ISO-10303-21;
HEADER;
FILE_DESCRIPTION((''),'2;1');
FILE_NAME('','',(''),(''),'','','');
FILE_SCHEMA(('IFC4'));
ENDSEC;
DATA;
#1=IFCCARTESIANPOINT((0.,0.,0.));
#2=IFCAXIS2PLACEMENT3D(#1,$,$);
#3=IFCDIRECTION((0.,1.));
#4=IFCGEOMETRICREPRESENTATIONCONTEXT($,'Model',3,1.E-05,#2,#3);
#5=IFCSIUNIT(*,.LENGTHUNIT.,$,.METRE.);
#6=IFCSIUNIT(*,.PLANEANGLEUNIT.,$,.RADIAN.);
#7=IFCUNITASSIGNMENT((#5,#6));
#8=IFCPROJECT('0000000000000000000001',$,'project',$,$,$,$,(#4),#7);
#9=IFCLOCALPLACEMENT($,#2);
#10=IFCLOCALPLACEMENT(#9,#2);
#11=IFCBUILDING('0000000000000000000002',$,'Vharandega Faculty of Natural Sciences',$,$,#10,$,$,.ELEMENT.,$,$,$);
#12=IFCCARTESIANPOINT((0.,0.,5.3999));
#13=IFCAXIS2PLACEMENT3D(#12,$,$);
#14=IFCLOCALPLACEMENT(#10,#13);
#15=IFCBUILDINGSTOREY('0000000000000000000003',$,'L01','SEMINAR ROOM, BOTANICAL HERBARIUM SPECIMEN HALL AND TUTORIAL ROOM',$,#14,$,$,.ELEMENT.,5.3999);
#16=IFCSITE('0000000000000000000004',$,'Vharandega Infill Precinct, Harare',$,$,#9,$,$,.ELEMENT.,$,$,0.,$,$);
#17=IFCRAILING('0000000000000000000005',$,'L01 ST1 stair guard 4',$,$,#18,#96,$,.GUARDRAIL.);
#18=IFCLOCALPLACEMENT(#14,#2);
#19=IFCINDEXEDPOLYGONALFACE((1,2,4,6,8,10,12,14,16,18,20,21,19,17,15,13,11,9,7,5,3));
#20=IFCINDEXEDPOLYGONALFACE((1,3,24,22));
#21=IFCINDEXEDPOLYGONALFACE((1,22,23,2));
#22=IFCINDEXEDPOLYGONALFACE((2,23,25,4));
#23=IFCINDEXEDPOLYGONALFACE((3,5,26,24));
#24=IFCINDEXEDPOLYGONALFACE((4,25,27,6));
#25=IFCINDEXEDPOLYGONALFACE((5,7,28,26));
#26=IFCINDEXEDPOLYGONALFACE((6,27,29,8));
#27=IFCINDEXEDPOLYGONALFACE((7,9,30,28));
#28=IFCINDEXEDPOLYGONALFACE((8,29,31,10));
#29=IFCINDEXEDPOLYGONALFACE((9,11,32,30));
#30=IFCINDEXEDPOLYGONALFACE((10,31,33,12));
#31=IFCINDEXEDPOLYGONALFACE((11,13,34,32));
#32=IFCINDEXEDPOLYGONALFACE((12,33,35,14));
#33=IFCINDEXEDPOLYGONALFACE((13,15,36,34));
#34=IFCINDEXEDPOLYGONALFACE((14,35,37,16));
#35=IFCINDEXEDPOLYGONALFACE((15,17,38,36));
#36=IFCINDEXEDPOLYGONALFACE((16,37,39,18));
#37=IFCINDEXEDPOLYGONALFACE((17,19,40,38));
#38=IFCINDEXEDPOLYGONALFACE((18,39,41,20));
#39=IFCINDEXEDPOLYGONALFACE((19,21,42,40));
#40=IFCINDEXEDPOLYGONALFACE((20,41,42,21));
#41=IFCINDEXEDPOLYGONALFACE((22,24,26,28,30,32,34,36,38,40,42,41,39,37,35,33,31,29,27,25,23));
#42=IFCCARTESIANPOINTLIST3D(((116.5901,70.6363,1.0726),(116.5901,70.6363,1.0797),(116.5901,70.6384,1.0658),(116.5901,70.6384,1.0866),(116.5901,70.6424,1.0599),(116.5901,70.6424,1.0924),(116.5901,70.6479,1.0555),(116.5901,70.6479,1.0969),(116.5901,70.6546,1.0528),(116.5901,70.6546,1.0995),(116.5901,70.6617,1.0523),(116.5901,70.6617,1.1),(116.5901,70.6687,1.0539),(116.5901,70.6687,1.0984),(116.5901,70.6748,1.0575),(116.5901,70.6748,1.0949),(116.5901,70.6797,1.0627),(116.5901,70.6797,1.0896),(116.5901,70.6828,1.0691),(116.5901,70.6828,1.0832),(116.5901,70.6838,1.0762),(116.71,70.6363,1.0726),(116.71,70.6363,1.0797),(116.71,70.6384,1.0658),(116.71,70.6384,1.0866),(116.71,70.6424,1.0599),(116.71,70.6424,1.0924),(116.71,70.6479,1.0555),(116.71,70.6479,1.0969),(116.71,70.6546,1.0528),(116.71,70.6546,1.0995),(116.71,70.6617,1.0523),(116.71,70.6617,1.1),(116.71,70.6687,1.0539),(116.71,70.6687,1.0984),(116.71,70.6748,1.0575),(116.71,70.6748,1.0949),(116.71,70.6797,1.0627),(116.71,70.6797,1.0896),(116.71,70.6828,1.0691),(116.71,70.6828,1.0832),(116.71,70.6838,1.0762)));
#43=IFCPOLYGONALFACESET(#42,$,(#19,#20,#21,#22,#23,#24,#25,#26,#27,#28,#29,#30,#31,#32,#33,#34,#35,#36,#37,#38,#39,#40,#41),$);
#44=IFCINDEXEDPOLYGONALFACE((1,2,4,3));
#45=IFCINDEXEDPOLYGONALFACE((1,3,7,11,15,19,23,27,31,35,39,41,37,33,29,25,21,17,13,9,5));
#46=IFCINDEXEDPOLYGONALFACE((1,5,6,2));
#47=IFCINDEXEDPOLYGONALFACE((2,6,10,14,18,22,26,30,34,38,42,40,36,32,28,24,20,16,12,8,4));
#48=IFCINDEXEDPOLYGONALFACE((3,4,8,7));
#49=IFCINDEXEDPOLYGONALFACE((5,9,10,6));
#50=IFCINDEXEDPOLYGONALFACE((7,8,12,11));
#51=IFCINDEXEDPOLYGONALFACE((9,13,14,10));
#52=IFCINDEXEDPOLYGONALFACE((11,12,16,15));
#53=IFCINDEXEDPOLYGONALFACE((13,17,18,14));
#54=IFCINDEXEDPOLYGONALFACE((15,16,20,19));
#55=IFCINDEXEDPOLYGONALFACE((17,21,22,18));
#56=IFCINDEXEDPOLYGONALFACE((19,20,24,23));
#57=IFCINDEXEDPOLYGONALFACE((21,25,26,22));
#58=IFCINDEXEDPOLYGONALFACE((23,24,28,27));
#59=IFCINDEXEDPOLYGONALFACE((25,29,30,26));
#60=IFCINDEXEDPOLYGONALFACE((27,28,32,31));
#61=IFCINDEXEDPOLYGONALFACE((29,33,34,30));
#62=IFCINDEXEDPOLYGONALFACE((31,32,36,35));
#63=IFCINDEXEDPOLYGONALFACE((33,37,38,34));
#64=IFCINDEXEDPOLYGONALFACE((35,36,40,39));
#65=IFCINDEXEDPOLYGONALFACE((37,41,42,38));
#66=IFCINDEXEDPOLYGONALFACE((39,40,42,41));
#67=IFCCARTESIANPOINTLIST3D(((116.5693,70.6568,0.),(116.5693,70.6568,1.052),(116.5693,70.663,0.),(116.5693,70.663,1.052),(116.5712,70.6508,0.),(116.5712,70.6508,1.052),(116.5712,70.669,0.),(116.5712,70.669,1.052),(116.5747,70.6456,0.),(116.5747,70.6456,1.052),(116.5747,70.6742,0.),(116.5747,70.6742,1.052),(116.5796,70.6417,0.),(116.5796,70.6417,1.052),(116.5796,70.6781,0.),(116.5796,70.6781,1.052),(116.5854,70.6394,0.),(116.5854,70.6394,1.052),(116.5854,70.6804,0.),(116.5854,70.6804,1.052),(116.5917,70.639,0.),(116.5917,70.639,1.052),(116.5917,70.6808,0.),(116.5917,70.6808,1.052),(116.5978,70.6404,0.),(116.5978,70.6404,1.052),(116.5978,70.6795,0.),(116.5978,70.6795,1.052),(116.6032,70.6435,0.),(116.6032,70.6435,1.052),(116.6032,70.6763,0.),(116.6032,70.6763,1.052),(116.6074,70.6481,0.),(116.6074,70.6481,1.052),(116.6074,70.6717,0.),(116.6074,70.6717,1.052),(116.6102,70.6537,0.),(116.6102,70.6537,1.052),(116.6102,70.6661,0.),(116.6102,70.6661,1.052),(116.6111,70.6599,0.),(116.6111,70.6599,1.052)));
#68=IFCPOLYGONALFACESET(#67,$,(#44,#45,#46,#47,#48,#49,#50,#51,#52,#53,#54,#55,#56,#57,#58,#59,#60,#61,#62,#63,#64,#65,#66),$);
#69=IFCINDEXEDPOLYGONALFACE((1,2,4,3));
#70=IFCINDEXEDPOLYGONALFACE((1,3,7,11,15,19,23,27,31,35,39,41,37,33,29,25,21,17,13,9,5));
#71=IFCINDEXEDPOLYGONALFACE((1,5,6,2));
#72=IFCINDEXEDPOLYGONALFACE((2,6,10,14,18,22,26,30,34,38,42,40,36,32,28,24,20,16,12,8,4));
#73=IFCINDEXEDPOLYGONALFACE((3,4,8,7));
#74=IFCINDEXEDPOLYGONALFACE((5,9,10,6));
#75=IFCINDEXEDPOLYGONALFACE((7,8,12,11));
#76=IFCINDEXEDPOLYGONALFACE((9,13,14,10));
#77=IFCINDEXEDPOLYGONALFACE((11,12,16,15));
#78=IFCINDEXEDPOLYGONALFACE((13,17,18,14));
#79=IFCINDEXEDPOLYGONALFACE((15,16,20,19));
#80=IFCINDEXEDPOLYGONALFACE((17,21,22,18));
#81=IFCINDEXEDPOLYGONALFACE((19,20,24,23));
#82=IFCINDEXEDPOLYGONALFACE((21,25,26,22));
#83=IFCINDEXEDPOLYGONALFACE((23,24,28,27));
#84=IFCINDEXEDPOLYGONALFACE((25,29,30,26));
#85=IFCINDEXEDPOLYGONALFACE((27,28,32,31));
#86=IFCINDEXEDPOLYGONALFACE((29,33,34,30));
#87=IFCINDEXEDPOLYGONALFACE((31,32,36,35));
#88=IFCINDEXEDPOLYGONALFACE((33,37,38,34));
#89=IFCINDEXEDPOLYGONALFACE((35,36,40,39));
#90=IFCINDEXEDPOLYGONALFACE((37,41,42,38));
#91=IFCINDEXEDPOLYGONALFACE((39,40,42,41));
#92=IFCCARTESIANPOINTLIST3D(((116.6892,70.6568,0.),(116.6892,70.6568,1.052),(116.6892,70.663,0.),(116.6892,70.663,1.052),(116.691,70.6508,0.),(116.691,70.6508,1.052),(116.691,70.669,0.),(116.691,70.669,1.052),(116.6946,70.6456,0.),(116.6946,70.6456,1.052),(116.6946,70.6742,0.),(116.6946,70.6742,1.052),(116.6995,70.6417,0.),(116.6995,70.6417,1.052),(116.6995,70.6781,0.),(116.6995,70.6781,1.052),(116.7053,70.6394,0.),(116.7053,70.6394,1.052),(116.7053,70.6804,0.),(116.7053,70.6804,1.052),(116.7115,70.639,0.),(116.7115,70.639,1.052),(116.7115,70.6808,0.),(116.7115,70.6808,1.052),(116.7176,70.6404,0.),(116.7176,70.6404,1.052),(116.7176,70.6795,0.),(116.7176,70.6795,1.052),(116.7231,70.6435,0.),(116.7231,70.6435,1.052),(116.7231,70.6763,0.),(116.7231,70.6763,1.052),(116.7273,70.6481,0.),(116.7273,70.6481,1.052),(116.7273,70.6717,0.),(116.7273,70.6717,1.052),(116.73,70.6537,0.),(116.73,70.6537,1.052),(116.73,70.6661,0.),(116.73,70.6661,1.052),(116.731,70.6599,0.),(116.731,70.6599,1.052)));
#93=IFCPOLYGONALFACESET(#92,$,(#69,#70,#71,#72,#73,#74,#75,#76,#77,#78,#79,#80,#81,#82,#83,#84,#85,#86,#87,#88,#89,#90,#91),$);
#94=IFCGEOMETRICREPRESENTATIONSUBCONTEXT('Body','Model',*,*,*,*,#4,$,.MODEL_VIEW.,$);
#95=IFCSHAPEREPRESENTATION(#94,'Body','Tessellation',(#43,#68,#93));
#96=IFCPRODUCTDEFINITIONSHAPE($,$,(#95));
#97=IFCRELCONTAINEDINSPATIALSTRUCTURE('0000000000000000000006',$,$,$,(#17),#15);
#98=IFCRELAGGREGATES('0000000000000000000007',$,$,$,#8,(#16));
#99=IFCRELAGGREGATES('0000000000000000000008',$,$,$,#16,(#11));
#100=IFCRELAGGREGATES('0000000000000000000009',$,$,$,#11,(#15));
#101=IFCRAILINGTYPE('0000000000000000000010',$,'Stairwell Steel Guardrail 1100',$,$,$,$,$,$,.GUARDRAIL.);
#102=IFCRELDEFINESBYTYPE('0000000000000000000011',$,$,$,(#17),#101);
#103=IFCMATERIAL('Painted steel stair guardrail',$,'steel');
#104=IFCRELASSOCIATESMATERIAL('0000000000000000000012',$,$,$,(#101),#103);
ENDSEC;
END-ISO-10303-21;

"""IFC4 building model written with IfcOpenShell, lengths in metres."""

from ifc_helpers import new_model, si_unit, direction, frame, origin, origin_2d, place, context, subcontext, project, spatial, circle, extrude, material, type_object, element, save


model = new_model("IFC4")

# Units and contexts
model_context = context("Model", 3, precision=1e-05, world=origin(), true_north=direction((0.0, 1.0)))
body_context = subcontext(model_context, "Body", "Model", "MODEL_VIEW")
ifc_project = project(units=[si_unit("LENGTHUNIT", "METRE"), si_unit("PLANEANGLEUNIT", "RADIAN")], contexts=[model_context])

# Site, building, storey
site_placement = place(None, origin())
site = spatial("IfcSite", under=ifc_project, at=site_placement, Name="Vharandega Infill Precinct, Harare", CompositionType="ELEMENT", RefElevation=0.0)
building_placement = place(site_placement, origin())
building = spatial("IfcBuilding", under=site, at=building_placement, Name="Vharandega Faculty of Natural Sciences", CompositionType="ELEMENT")
storey_placement = place(building_placement, frame((0.0, 0.0, 5.3999)))
storey = spatial("IfcBuildingStorey", under=building, at=storey_placement, Name="L01", Description="SEMINAR ROOM, BOTANICAL HERBARIUM SPECIMEN HALL AND TUTORIAL ROOM", CompositionType="ELEMENT", Elevation=5.3999)

# Railing
ifc_material_1 = material(Name="Painted steel stair guardrail", Category="steel")
railing_type_1 = type_object("IfcRailingType", Name="Stairwell Steel Guardrail 1100", PredefinedType="GUARDRAIL", material=ifc_material_1)
railing_1_placement = place(storey_placement, frame((116.5901, 70.6599, 0.0)))
element("IfcRailing", 1, at=railing_1_placement, inside=storey, type_object=railing_type_1, Name="L01 ST1 stair guard 4", PredefinedType="GUARDRAIL", context=body_context, shape_type="SweptSolid", body=[
    extrude(circle(Radius=0.0239, at=origin_2d()), frame((0.0, 0.0, 1.0762), z_axis=(1.0, 0.0, 0.0), x_axis=(0.0, 1.0, 0.0)), (0.0, 0.0, 1.0), 0.1199),
    extrude(circle(Radius=0.021, at=origin_2d()), origin(), (0.0, 0.0, 1.0), 1.052),
    extrude(circle(Radius=0.021, at=origin_2d()), frame((0.1199, 0.0, 0.0)), (0.0, 0.0, 1.0), 1.052),
])

save(model, "model.ifc")
